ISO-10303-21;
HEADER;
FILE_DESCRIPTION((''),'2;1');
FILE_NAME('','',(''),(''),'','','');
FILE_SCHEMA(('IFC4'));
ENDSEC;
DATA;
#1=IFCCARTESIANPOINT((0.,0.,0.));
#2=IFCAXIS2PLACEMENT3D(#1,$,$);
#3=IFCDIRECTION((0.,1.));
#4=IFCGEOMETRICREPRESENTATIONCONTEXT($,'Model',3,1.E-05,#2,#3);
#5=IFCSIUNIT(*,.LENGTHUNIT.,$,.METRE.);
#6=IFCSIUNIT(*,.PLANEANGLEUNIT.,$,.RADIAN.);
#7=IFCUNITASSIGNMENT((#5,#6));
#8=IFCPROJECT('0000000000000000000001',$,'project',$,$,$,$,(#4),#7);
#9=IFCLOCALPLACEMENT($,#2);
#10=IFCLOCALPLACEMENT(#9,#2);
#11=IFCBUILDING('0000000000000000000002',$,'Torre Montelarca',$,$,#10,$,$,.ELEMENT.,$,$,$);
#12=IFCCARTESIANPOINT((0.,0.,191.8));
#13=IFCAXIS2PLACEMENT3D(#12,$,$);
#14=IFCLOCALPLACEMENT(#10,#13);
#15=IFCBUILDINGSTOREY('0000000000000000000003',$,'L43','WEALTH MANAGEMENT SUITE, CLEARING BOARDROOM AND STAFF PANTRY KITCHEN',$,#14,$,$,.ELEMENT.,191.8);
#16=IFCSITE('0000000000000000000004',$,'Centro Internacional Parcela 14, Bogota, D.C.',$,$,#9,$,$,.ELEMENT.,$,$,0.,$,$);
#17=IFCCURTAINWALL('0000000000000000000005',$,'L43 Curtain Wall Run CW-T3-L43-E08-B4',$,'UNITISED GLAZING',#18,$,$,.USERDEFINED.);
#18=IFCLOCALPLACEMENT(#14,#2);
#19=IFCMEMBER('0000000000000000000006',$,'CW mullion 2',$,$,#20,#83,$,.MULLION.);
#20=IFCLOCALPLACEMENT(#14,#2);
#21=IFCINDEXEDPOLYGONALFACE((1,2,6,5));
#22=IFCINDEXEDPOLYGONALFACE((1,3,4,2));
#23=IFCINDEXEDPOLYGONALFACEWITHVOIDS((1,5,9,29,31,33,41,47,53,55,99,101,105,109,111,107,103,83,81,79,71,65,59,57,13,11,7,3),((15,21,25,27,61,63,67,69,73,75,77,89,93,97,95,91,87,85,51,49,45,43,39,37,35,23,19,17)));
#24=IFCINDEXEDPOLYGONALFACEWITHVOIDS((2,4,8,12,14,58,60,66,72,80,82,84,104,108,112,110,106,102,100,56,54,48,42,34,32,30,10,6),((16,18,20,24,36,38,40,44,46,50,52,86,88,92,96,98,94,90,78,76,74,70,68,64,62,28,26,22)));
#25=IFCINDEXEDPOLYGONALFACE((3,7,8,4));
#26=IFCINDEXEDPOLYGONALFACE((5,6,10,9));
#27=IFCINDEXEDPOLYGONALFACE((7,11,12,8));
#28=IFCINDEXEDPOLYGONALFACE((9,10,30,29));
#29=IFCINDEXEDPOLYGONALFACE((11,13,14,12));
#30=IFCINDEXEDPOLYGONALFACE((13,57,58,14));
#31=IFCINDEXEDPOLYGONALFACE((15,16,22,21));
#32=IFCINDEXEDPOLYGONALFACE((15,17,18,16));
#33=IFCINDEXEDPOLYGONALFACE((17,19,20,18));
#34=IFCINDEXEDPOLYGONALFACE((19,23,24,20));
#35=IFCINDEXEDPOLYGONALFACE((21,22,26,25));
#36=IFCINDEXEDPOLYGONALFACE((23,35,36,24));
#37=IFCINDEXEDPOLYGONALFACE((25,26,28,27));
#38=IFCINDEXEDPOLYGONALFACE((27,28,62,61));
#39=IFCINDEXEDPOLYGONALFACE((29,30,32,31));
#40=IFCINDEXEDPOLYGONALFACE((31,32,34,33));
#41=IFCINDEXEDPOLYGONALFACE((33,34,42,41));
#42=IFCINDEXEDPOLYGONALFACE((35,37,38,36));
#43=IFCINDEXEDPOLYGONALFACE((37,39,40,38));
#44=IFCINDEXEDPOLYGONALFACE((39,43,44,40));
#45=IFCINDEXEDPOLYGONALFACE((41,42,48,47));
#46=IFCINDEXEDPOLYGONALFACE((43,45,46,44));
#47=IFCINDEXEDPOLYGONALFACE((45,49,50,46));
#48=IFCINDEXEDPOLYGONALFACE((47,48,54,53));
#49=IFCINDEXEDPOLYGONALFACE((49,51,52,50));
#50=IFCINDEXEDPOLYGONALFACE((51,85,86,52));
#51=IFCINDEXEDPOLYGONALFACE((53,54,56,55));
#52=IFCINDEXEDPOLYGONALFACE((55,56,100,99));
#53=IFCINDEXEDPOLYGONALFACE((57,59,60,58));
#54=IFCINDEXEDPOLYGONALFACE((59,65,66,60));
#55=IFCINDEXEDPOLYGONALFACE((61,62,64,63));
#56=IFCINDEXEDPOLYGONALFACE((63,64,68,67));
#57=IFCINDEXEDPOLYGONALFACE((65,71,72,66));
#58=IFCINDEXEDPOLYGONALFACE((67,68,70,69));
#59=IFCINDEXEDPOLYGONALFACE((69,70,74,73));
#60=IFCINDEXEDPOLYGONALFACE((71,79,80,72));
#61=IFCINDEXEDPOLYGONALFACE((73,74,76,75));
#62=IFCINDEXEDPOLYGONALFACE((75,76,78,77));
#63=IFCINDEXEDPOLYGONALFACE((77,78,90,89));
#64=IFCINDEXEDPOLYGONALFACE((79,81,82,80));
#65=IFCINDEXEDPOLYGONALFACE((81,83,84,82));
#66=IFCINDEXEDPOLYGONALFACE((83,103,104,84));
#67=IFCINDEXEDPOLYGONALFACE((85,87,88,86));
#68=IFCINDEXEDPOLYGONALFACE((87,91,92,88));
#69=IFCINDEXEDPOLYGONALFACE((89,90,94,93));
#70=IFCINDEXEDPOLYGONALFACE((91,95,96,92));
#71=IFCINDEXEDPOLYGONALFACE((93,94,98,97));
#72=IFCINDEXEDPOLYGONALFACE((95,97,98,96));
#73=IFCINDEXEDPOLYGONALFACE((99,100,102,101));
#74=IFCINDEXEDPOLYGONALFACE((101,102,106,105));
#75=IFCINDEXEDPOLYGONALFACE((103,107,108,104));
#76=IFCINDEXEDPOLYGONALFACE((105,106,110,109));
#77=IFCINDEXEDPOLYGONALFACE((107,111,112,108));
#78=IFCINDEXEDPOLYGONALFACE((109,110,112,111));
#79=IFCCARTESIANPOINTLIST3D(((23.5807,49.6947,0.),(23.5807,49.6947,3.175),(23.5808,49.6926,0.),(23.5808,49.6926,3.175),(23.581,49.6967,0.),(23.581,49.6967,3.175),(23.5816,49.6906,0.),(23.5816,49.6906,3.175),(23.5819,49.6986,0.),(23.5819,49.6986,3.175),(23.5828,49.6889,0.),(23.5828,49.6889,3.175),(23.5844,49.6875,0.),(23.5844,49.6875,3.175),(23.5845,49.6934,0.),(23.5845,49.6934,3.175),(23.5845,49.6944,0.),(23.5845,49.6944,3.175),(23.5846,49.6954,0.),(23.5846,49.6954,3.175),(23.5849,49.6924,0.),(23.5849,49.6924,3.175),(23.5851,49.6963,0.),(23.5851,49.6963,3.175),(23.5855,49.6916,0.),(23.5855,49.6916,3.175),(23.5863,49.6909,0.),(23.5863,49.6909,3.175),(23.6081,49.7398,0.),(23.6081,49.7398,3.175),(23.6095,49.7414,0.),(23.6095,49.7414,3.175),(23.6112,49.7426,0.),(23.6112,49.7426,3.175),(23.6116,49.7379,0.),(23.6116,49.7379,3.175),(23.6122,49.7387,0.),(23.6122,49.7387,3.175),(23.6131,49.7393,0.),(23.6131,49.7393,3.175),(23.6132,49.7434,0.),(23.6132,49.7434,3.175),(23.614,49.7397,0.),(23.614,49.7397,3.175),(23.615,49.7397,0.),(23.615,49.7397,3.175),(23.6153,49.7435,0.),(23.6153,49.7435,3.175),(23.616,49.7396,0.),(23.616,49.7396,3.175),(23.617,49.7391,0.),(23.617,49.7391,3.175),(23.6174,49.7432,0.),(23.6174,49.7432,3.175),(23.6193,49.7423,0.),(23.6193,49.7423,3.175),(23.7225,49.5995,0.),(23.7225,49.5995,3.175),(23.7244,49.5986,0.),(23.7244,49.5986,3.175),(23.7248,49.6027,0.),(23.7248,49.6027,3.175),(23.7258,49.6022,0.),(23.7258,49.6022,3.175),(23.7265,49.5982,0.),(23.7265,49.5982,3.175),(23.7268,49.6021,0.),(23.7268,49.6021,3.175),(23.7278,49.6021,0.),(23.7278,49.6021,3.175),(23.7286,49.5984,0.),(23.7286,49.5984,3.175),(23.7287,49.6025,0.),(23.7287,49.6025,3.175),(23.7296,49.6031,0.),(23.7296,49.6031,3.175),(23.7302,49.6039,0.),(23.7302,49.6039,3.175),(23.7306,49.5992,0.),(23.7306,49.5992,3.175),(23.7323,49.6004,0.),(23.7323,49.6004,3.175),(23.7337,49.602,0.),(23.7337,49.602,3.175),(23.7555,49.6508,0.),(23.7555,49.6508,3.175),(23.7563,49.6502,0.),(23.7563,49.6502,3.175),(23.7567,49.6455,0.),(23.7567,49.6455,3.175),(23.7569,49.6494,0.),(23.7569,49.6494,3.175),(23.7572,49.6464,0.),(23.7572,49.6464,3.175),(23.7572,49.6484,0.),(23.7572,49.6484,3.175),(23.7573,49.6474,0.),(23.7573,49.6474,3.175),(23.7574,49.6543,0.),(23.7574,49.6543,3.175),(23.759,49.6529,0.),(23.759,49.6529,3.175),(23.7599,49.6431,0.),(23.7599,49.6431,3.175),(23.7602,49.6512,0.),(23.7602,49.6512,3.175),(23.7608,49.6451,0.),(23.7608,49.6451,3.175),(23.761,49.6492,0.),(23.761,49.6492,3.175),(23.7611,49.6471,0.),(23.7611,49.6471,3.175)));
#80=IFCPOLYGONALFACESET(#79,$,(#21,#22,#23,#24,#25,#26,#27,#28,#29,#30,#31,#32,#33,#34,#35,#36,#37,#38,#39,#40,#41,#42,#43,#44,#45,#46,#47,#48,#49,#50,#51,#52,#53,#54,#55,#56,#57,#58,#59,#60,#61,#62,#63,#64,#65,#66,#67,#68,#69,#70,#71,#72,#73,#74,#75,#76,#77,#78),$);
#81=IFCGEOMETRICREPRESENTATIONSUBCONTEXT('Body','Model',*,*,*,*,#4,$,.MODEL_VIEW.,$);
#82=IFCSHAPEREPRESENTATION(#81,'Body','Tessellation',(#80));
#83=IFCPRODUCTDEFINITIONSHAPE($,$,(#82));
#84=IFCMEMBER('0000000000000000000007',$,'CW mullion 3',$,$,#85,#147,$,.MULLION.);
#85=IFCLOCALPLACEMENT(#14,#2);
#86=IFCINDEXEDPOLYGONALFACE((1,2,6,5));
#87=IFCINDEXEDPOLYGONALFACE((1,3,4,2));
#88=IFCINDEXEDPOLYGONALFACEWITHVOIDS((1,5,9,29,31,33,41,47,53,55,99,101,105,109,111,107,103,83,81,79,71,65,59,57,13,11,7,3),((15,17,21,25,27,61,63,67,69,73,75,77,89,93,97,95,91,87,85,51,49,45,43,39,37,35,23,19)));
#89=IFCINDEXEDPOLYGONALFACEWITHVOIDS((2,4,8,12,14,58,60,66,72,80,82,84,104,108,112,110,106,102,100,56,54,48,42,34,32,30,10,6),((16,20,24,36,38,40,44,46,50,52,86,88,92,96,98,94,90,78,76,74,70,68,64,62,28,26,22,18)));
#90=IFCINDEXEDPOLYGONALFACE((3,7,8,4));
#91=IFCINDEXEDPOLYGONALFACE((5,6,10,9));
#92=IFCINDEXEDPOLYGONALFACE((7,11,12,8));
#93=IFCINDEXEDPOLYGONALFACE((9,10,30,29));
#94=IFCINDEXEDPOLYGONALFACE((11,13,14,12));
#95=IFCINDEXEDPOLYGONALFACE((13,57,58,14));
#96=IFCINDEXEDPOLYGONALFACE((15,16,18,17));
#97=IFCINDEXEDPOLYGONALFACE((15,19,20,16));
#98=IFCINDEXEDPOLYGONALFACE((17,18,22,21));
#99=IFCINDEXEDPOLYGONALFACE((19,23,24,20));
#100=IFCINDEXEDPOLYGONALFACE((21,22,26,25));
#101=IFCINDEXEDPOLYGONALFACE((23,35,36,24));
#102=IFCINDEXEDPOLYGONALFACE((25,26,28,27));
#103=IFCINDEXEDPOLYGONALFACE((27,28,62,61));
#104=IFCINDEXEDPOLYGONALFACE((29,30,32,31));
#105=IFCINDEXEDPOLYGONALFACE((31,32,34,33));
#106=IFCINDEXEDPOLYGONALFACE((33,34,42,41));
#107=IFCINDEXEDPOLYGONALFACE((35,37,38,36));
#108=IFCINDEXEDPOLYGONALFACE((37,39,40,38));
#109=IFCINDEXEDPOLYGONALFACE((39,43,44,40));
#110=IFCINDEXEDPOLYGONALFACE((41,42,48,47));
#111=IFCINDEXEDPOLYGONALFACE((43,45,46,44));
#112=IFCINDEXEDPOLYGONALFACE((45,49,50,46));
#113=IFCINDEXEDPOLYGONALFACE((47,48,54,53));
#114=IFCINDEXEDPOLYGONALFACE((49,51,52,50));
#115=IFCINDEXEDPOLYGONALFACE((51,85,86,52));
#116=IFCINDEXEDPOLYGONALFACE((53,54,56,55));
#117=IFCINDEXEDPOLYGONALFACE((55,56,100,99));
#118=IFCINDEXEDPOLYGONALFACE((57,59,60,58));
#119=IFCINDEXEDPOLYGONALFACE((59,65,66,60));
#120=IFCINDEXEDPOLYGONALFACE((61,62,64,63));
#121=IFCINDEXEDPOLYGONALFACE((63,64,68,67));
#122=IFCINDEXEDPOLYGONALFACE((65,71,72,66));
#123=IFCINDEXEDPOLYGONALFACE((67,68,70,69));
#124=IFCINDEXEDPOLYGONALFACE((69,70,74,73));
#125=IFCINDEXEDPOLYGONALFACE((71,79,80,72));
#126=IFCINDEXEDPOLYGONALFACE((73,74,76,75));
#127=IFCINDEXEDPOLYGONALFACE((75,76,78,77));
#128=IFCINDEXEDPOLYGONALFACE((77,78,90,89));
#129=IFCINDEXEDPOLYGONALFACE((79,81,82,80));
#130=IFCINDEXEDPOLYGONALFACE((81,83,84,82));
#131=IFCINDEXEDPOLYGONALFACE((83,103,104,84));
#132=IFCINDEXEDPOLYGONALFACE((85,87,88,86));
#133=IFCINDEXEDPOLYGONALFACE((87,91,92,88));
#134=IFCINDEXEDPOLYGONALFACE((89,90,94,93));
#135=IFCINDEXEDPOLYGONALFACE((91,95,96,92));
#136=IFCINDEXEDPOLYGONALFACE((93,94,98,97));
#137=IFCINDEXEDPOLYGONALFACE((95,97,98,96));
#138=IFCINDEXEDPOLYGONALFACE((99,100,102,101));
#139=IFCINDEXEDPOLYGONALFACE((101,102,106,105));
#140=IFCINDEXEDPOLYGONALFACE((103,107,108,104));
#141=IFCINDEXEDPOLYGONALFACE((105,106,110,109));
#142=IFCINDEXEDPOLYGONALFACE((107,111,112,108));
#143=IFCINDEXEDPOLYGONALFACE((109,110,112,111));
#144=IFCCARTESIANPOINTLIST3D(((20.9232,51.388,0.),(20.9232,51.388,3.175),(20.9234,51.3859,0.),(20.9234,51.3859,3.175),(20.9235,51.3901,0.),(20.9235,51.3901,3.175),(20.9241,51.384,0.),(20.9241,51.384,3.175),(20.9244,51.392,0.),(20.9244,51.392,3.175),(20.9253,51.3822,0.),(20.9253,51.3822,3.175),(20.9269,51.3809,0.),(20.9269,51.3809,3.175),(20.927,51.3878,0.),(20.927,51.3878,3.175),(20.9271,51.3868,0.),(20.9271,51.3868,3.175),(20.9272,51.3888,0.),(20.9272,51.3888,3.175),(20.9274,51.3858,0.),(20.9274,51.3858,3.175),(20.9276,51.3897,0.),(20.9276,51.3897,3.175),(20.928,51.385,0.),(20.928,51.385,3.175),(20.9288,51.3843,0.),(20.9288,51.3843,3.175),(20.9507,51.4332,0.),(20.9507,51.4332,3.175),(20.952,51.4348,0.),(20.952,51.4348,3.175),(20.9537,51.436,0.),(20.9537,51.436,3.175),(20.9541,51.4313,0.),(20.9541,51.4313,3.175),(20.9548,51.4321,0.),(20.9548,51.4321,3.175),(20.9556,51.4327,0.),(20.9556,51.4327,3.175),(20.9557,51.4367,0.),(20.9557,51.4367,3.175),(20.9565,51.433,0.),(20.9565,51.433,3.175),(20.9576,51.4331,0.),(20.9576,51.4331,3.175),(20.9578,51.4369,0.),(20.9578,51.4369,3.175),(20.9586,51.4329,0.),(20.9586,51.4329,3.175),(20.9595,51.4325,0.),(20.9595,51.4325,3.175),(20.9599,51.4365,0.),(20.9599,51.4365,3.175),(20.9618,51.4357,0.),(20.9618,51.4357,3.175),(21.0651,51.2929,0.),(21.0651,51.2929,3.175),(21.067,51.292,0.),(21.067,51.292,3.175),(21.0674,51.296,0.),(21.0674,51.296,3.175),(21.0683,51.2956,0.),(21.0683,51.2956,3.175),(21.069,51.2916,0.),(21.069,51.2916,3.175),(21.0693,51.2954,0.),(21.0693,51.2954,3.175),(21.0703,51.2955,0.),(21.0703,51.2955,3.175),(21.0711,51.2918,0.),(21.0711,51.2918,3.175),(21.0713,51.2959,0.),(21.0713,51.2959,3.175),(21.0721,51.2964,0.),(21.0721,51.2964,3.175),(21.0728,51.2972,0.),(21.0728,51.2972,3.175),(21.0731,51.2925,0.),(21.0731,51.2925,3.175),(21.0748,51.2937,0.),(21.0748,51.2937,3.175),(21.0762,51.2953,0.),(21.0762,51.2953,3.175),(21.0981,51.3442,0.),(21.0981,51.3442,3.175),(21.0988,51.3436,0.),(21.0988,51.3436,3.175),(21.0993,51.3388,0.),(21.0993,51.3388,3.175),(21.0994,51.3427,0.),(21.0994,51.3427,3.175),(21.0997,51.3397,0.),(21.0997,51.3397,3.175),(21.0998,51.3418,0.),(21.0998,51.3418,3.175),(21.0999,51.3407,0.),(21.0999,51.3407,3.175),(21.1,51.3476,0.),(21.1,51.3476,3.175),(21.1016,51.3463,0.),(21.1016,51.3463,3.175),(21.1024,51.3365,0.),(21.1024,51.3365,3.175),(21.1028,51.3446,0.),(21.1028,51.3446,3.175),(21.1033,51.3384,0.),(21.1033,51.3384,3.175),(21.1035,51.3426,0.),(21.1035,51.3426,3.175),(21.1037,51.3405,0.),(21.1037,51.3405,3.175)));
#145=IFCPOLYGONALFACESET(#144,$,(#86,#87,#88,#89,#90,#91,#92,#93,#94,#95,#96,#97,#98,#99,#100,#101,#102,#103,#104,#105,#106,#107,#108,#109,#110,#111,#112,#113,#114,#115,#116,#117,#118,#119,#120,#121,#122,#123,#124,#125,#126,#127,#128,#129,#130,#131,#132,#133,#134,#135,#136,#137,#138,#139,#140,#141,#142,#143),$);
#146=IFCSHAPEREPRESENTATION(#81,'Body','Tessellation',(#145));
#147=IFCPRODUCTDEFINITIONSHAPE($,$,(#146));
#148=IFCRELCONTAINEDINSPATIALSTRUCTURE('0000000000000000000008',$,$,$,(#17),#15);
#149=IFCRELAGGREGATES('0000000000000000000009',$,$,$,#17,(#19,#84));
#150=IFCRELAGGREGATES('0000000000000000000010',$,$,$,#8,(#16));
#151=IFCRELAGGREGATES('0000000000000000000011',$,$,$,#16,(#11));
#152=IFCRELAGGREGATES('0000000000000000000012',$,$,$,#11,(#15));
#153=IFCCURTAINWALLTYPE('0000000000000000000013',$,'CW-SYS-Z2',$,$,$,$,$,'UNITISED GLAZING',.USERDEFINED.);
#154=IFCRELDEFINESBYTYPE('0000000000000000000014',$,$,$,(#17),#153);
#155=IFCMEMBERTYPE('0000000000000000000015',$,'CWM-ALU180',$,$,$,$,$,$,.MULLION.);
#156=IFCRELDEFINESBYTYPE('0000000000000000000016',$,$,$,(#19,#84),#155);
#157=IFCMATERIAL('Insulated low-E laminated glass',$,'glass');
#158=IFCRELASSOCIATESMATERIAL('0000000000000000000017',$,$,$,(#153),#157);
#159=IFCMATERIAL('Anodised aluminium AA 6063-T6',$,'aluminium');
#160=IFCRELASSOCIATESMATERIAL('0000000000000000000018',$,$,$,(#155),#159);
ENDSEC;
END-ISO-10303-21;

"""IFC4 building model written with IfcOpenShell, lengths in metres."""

from ifc_helpers import new_model, si_unit, direction, frame, origin, origin_2d, place, context, subcontext, project, spatial, hollow_rectangle, extrude, source, transform, mapped, material, material_profile, profile_set, type_object, element, aggregate, save


model = new_model("IFC4")

# Units and contexts
model_context = context("Model", 3, precision=1e-05, world=origin(), true_north=direction((0.0, 1.0)))
body_context = subcontext(model_context, "Body", "Model", "MODEL_VIEW")
ifc_project = project(units=[si_unit("LENGTHUNIT", "METRE"), si_unit("PLANEANGLEUNIT", "RADIAN")], contexts=[model_context])

# Site, building, storey
site_placement = place(None, origin())
site = spatial("IfcSite", under=ifc_project, at=site_placement, Name="Centro Internacional Parcela 14, Bogota, D.C.", CompositionType="ELEMENT", RefElevation=0.0)
building_placement = place(site_placement, origin())
building = spatial("IfcBuilding", under=site, at=building_placement, Name="Torre Montelarca", CompositionType="ELEMENT")
storey_placement = place(building_placement, frame((0.0, 0.0, 191.8)))
storey = spatial("IfcBuildingStorey", under=building, at=storey_placement, Name="L43", Description="WEALTH MANAGEMENT SUITE, CLEARING BOARDROOM AND STAFF PANTRY KITCHEN", CompositionType="ELEMENT", Elevation=191.8)

# Shared definitions
ifc_material_1 = material(Name="Insulated low-E laminated glass", Category="glass")
curtain_wall_type = type_object("IfcCurtainWallType", Name="CW-SYS-Z2", ElementType="UNITISED GLAZING", PredefinedType="USERDEFINED", material=ifc_material_1)
ifc_material_2 = material(Name="Anodised aluminium AA 6063-T6", Category="aluminium")
ifc_material_profile_1 = material_profile(ifc_material_2, hollow_rectangle(XDim=0.0649, YDim=0.1799, WallThickness=0.0039, InnerFilletRadius=0.0039, OuterFilletRadius=0.0081, at=origin_2d()), Name="ALU65X180X4", Category="aluminium")
ifc_profile_set_1 = profile_set([ifc_material_profile_1], Name="Anodised aluminium AA 6063-T6")
member_type_1 = type_object("IfcMemberType", Name="CWM-ALU180", PredefinedType="MULLION", material=ifc_profile_set_1)
shared_shape_1 = source(origin(), body_context, "Body", "SweptSolid", [
    extrude(hollow_rectangle(XDim=0.0649, YDim=0.1799, WallThickness=0.0039, InnerFilletRadius=0.0039, OuterFilletRadius=0.0081, at=origin_2d()), origin(), (0.0, 0.0, 1.0), 3.175),
])

# Curtain wall, members
curtain_wall_1_placement = place(storey_placement, origin())
curtain_wall_1 = element("IfcCurtainWall", 1, at=curtain_wall_1_placement, inside=storey, type_object=curtain_wall_type, Name="L43 Curtain Wall Run CW-T3-L43-E08-B4", ObjectType="UNITISED GLAZING", PredefinedType="USERDEFINED")
member_1_placement = place(storey_placement, frame((23.6709, 49.6709, 0.0), z_axis=(0.0, 0.0, 1.0), x_axis=(-0.537307, -0.843387, 0.0)))
member_1 = element("IfcMember", 2, at=member_1_placement, type_object=member_type_1, Name="CW mullion 2", PredefinedType="MULLION", context=body_context, shape_type="MappedRepresentation", body=[
    mapped(shared_shape_1, transform((0.0, 0.0, 0.0), scale=1.0)),
])
member_2_placement = place(storey_placement, frame((21.0134, 51.3643, 0.0), z_axis=(0.0, 0.0, 1.0), x_axis=(-0.537307, -0.843387, 0.0)))
member_2 = element("IfcMember", 3, at=member_2_placement, type_object=member_type_1, Name="CW mullion 3", PredefinedType="MULLION", context=body_context, shape_type="MappedRepresentation", body=[
    mapped(shared_shape_1, transform((0.0, 0.0, 0.0), scale=1.0)),
])

aggregate(curtain_wall_1, [member_1, member_2])

save(model, "model.ifc")
